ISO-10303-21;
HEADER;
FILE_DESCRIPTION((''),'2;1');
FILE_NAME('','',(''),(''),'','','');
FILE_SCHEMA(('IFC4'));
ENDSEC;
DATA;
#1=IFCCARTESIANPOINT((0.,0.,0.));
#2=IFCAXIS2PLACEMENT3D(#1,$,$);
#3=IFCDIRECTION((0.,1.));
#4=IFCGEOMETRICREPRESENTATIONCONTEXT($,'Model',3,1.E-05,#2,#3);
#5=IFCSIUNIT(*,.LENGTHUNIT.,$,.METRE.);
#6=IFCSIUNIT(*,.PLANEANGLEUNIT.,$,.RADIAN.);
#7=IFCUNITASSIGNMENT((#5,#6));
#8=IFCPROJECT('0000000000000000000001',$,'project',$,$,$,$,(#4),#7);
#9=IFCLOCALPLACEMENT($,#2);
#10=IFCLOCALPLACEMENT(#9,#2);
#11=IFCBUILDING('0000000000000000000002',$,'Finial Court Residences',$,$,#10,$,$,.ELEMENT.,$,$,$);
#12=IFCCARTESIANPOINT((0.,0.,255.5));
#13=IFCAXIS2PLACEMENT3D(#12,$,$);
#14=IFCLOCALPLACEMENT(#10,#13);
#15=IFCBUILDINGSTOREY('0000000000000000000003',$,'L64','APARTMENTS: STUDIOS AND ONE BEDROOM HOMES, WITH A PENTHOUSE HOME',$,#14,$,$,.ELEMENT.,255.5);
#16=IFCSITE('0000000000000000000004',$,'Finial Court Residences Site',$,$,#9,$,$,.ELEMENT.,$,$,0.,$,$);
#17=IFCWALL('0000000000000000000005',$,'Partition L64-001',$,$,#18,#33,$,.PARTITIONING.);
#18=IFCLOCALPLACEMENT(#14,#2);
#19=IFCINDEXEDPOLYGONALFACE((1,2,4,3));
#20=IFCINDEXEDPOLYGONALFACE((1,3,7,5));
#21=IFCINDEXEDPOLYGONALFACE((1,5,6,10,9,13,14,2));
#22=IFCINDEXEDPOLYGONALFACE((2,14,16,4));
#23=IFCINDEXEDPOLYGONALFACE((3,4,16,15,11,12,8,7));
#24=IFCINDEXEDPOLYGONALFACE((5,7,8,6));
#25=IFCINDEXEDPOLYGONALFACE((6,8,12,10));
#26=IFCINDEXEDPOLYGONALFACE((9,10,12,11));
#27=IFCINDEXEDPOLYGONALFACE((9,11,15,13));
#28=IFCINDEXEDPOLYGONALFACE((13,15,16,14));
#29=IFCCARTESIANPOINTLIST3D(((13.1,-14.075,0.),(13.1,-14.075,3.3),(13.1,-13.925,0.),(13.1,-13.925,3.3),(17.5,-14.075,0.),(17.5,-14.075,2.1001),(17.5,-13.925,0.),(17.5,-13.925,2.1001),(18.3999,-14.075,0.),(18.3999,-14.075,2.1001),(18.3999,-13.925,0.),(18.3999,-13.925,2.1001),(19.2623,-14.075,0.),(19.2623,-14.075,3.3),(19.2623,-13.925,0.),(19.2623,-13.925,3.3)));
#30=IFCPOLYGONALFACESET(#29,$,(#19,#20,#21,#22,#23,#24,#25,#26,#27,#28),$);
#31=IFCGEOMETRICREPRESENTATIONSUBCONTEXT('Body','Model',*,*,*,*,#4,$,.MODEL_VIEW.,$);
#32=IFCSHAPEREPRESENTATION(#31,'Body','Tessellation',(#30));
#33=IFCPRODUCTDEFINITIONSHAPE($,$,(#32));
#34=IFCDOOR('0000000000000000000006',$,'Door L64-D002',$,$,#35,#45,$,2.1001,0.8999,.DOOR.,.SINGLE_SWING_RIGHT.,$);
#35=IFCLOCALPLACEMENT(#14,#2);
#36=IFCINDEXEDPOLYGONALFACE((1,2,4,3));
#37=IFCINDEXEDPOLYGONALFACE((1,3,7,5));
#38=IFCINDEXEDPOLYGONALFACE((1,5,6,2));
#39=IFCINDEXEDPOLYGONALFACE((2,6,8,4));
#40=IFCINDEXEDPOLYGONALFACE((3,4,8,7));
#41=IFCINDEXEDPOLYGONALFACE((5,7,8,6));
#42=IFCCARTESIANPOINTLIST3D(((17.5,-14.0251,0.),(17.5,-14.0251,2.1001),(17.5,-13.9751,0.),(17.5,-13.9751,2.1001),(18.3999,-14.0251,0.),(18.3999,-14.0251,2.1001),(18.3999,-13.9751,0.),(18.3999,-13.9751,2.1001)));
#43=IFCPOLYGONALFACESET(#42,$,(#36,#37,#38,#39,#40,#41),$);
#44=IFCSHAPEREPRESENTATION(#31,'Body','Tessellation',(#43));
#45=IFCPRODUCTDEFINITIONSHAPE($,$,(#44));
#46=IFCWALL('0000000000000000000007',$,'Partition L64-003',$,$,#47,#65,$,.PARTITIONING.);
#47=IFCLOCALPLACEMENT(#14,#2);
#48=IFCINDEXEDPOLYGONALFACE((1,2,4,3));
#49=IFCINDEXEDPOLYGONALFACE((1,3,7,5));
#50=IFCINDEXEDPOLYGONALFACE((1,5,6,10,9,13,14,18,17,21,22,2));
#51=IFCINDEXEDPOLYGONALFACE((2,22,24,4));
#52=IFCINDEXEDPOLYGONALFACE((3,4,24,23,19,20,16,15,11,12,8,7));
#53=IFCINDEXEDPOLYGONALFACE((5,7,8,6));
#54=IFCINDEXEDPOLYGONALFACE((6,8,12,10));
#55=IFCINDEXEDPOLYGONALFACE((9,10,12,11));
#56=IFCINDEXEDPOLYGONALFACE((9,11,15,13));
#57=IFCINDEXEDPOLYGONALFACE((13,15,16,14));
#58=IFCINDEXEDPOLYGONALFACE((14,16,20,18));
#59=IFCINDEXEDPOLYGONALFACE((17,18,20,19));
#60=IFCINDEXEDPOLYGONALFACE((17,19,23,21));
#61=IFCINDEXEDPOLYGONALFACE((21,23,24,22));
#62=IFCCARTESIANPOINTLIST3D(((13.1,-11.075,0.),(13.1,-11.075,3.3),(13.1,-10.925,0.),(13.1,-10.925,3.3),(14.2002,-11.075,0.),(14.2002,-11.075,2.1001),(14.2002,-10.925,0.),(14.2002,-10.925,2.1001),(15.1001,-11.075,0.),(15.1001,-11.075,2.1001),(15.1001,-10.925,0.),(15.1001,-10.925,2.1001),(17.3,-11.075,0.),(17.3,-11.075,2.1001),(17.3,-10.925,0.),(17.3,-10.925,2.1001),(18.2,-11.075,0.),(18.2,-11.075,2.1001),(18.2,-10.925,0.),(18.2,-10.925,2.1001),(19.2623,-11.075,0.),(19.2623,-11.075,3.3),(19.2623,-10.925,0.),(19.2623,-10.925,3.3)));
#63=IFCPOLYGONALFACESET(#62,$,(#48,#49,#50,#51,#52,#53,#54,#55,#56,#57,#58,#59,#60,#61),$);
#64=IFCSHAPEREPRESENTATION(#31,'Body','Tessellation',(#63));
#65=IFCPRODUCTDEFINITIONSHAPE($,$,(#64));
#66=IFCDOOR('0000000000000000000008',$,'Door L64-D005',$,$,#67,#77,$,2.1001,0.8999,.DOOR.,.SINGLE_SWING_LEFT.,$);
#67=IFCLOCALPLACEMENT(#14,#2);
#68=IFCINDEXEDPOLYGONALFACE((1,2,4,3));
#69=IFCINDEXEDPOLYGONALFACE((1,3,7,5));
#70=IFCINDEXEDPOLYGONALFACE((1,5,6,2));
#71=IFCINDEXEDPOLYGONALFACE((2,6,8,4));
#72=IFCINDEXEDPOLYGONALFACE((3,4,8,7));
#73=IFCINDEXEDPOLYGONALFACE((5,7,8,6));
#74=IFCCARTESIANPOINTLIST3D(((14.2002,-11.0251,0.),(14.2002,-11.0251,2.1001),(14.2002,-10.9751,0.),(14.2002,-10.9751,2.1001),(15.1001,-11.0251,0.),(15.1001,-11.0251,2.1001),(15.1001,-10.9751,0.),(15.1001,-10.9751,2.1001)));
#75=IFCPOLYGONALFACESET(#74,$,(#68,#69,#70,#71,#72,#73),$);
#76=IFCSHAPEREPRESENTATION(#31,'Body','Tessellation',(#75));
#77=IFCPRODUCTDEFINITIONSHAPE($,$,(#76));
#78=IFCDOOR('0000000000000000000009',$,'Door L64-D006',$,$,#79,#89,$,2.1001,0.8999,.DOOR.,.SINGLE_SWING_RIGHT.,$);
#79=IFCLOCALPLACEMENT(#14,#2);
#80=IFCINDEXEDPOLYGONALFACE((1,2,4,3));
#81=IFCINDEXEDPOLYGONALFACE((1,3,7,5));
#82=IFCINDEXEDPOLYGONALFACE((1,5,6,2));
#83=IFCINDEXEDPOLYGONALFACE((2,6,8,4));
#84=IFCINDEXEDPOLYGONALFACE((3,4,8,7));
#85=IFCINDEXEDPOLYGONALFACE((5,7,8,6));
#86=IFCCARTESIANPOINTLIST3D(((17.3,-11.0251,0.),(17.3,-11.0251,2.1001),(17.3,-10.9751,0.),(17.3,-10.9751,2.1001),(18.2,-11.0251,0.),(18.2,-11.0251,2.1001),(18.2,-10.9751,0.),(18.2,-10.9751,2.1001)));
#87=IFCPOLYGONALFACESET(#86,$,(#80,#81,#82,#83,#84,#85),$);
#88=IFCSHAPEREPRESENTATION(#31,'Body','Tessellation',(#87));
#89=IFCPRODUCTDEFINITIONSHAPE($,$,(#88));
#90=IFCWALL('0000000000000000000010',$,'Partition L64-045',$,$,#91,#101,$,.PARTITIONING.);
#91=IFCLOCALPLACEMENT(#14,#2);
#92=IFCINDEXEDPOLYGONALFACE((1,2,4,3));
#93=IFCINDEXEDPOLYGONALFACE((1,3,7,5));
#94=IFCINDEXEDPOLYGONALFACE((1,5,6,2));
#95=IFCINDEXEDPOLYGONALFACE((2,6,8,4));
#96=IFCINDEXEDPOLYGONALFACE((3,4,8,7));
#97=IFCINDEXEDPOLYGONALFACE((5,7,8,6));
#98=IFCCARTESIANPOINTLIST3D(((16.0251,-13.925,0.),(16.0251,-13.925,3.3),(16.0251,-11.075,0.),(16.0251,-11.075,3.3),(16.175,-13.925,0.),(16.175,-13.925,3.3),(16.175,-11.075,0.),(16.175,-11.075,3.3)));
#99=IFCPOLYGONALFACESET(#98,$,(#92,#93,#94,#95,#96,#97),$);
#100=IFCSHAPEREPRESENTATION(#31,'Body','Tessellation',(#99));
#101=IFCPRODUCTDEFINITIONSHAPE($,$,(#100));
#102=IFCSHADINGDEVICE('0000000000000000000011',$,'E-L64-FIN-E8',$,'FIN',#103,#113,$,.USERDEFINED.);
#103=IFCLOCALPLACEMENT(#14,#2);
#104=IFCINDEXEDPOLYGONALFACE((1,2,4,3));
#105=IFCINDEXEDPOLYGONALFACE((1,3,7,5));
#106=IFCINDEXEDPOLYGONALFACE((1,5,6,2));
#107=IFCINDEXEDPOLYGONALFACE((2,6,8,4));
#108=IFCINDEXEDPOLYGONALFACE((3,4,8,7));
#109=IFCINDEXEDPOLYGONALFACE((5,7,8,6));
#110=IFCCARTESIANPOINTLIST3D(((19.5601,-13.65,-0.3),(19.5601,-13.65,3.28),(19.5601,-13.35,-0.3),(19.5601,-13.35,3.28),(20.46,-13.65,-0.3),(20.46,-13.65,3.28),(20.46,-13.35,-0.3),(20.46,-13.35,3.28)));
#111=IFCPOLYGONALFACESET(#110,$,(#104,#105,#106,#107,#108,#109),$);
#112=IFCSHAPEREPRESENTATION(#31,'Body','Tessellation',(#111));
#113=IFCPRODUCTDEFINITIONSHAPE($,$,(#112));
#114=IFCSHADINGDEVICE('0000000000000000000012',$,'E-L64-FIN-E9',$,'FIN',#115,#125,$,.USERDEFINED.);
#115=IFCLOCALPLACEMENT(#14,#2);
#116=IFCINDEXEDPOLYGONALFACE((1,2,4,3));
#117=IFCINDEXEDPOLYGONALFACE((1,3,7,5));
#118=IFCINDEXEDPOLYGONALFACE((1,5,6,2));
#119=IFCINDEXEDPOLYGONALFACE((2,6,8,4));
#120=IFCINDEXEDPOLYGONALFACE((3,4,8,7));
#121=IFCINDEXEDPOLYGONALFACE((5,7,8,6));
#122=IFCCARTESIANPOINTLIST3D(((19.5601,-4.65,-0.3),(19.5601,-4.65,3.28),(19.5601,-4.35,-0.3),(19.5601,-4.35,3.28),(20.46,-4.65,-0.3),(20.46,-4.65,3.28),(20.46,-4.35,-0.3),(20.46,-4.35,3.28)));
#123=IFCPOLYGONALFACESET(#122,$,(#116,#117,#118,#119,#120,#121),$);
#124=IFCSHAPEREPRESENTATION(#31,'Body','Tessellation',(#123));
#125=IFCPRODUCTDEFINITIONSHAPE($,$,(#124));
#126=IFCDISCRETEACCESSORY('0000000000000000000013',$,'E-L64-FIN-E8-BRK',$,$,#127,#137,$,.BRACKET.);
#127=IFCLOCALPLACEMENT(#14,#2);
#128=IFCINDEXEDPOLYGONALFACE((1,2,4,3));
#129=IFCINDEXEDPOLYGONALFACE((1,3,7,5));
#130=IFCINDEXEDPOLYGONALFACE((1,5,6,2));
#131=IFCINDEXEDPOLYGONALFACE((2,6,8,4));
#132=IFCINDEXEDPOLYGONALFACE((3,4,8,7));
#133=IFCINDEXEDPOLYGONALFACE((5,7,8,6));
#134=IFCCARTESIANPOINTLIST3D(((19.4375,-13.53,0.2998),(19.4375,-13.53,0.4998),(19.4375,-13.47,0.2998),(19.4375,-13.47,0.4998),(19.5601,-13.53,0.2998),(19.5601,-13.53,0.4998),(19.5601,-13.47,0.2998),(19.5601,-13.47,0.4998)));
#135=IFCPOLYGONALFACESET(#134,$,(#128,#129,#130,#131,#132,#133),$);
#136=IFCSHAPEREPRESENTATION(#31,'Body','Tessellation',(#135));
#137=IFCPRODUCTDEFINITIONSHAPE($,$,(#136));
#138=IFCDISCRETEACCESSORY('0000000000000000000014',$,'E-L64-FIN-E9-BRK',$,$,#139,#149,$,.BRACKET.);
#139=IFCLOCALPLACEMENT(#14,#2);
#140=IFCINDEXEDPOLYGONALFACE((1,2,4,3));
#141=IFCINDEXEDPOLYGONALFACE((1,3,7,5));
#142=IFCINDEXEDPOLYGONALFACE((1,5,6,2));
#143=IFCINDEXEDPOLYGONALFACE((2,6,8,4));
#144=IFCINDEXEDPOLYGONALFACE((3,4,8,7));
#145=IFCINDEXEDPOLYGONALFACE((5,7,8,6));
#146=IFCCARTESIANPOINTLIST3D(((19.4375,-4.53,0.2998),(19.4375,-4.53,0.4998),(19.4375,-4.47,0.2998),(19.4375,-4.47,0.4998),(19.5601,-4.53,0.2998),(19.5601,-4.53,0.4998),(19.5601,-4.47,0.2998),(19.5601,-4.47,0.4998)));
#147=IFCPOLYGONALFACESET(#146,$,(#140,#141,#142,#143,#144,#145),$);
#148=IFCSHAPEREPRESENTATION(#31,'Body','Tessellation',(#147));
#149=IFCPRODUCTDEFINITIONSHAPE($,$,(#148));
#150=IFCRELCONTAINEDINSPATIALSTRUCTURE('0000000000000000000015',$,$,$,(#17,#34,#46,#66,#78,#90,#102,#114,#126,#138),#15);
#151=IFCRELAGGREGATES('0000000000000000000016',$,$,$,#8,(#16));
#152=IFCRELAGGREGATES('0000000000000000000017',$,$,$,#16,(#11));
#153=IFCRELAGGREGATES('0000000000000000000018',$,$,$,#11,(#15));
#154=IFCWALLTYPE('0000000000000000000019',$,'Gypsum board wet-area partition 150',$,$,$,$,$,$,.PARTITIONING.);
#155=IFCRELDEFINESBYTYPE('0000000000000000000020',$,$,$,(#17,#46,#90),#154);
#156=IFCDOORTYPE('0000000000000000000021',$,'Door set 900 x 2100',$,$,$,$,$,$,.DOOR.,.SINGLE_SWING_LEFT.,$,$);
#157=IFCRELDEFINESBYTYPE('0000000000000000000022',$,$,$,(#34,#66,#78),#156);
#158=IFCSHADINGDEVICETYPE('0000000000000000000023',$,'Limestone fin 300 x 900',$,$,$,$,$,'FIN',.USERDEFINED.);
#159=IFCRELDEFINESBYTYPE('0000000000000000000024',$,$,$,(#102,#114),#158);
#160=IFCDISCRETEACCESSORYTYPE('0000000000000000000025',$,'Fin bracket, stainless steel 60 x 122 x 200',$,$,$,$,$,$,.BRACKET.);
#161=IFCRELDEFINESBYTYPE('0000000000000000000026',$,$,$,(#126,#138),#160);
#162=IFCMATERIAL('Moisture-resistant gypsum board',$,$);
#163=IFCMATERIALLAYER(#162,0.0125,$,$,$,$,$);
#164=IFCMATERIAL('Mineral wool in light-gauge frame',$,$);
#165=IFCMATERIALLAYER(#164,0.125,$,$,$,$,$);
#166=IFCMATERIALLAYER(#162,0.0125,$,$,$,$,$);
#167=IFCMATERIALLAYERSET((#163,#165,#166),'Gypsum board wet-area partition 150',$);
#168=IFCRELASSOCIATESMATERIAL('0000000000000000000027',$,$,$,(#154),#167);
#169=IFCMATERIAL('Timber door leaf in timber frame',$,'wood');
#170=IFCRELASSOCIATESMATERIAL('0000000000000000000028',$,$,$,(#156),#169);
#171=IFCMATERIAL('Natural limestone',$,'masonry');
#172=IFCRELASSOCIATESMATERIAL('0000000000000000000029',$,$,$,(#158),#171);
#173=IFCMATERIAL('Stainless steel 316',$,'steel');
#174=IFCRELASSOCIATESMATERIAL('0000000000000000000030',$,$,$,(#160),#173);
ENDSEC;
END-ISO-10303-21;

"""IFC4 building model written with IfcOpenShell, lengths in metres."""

from ifc_helpers import new_model, si_unit, direction, frame, frame_2d, origin, origin_2d, place, context, subcontext, project, spatial, rectangle, extrude, material, layer, layer_set, type_object, element, fill, save


model = new_model("IFC4")

# Units and contexts
model_context = context("Model", 3, precision=1e-05, world=origin(), true_north=direction((0.0, 1.0)))
body_context = subcontext(model_context, "Body", "Model", "MODEL_VIEW")
ifc_project = project(units=[si_unit("LENGTHUNIT", "METRE"), si_unit("PLANEANGLEUNIT", "RADIAN")], contexts=[model_context])

# Site, building, storey
site_placement = place(None, origin())
site = spatial("IfcSite", under=ifc_project, at=site_placement, Name="Finial Court Residences Site", CompositionType="ELEMENT", RefElevation=0.0)
building_placement = place(site_placement, origin())
building = spatial("IfcBuilding", under=site, at=building_placement, Name="Finial Court Residences", CompositionType="ELEMENT")
storey_placement = place(building_placement, frame((0.0, 0.0, 255.5)))
storey = spatial("IfcBuildingStorey", under=building, at=storey_placement, Name="L64", Description="APARTMENTS: STUDIOS AND ONE BEDROOM HOMES, WITH A PENTHOUSE HOME", CompositionType="ELEMENT", Elevation=255.5)

# Wall, opening, door
ifc_material_1 = material(Name="Moisture-resistant gypsum board")
ifc_layer_1 = layer(ifc_material_1, 0.0125)
ifc_material_2 = material(Name="Mineral wool in light-gauge frame")
ifc_layer_2 = layer(ifc_material_2, 0.125)
ifc_layer_3 = layer(ifc_material_1, 0.0125)
ifc_layer_set_1 = layer_set([ifc_layer_1, ifc_layer_2, ifc_layer_3], Name="Gypsum board wet-area partition 150")
wall_type_1 = type_object("IfcWallType", Name="Gypsum board wet-area partition 150", PredefinedType="PARTITIONING", material=ifc_layer_set_1)
wall_1_placement = place(storey_placement, frame((13.1001, -14.0, 0.0), z_axis=(0.0, 0.0, 1.0), x_axis=(1.0, 0.0, 0.0)))
wall_1 = element("IfcWall", 1, at=wall_1_placement, inside=storey, type_object=wall_type_1, Name="Partition L64-001", PredefinedType="PARTITIONING", context=body_context, shape_type="SweptSolid", body=[
    extrude(rectangle(XDim=6.1624, YDim=0.1499, at=frame_2d((3.0811, 0.0))), origin(), (0.0, 0.0, 1.0), 3.3),
])
opening_1_placement = place(wall_1_placement, frame((4.3999, 0.0, 0.0)))
opening_1 = element("IfcOpeningElement", 2, at=opening_1_placement, cuts=wall_1, PredefinedType="OPENING", context=body_context, shape_type="SweptSolid", body=[
    extrude(rectangle(XDim=0.8999, YDim=2.1001, at=frame_2d((0.45, 1.05))), frame((0.0, 0.085, 0.0), z_axis=(0.0, -1.0, 0.0), x_axis=(1.0, 0.0, 0.0)), (0.0, 0.0, 1.0), 0.1699),
])
ifc_material_3 = material(Name="Timber door leaf in timber frame", Category="wood")
door_type_1 = type_object("IfcDoorType", Name="Door set 900 x 2100", OperationType="SINGLE_SWING_LEFT", PredefinedType="DOOR", material=ifc_material_3)
door_1_placement = place(opening_1_placement, origin())
door_1 = element("IfcDoor", 3, at=door_1_placement, inside=storey, type_object=door_type_1, Name="Door L64-D002", OperationType="SINGLE_SWING_RIGHT", OverallHeight=2.1001, OverallWidth=0.8999, PredefinedType="DOOR", context=body_context, shape_type="SweptSolid", body=[
    extrude(rectangle(XDim=0.8999, YDim=2.1001, at=frame_2d((0.45, 1.05))), frame((0.0, 0.0249, 0.0), z_axis=(0.0, -1.0, 0.0), x_axis=(1.0, 0.0, 0.0)), (0.0, 0.0, 1.0), 0.05),
])
fill(opening_1, door_1)

# Wall, openings, doors
wall_2_placement = place(storey_placement, frame((13.1001, -11.0, 0.0), z_axis=(0.0, 0.0, 1.0), x_axis=(1.0, 0.0, 0.0)))
wall_2 = element("IfcWall", 4, at=wall_2_placement, inside=storey, type_object=wall_type_1, Name="Partition L64-003", PredefinedType="PARTITIONING", context=body_context, shape_type="SweptSolid", body=[
    extrude(rectangle(XDim=6.1624, YDim=0.1499, at=frame_2d((3.0811, 0.0))), origin(), (0.0, 0.0, 1.0), 3.3),
])
opening_2_placement = place(wall_2_placement, frame((1.1001, 0.0, 0.0)))
opening_2 = element("IfcOpeningElement", 5, at=opening_2_placement, cuts=wall_2, PredefinedType="OPENING", context=body_context, shape_type="SweptSolid", body=[
    extrude(rectangle(XDim=0.8999, YDim=2.1001, at=frame_2d((0.45, 1.05))), frame((0.0, 0.085, 0.0), z_axis=(0.0, -1.0, 0.0), x_axis=(1.0, 0.0, 0.0)), (0.0, 0.0, 1.0), 0.1699),
])
opening_3_placement = place(wall_2_placement, frame((4.2, 0.0, 0.0)))
opening_3 = element("IfcOpeningElement", 6, at=opening_3_placement, cuts=wall_2, PredefinedType="OPENING", context=body_context, shape_type="SweptSolid", body=[
    extrude(rectangle(XDim=0.8999, YDim=2.1001, at=frame_2d((0.45, 1.05))), frame((0.0, 0.085, 0.0), z_axis=(0.0, -1.0, 0.0), x_axis=(1.0, 0.0, 0.0)), (0.0, 0.0, 1.0), 0.1699),
])
door_2_placement = place(opening_2_placement, origin())
door_2 = element("IfcDoor", 7, at=door_2_placement, inside=storey, type_object=door_type_1, Name="Door L64-D005", OperationType="SINGLE_SWING_LEFT", OverallHeight=2.1001, OverallWidth=0.8999, PredefinedType="DOOR", context=body_context, shape_type="SweptSolid", body=[
    extrude(rectangle(XDim=0.8999, YDim=2.1001, at=frame_2d((0.45, 1.05))), frame((0.0, 0.0249, 0.0), z_axis=(0.0, -1.0, 0.0), x_axis=(1.0, 0.0, 0.0)), (0.0, 0.0, 1.0), 0.05),
])
fill(opening_2, door_2)
door_3_placement = place(opening_3_placement, origin())
door_3 = element("IfcDoor", 8, at=door_3_placement, inside=storey, type_object=door_type_1, Name="Door L64-D006", OperationType="SINGLE_SWING_RIGHT", OverallHeight=2.1001, OverallWidth=0.8999, PredefinedType="DOOR", context=body_context, shape_type="SweptSolid", body=[
    extrude(rectangle(XDim=0.8999, YDim=2.1001, at=frame_2d((0.45, 1.05))), frame((0.0, 0.0249, 0.0), z_axis=(0.0, -1.0, 0.0), x_axis=(1.0, 0.0, 0.0)), (0.0, 0.0, 1.0), 0.05),
])
fill(opening_3, door_3)

# Wall
wall_3_placement = place(storey_placement, frame((16.1001, -13.925, 0.0), z_axis=(0.0, 0.0, 1.0), x_axis=(0.0, 1.0, 0.0)))
element("IfcWall", 9, at=wall_3_placement, inside=storey, type_object=wall_type_1, Name="Partition L64-045", PredefinedType="PARTITIONING", context=body_context, shape_type="SweptSolid", body=[
    extrude(rectangle(XDim=2.8501, YDim=0.1499, at=frame_2d((1.425, 0.0))), origin(), (0.0, 0.0, 1.0), 3.3),
])

# Shading devices
ifc_material_4 = material(Name="Natural limestone", Category="masonry")
shading_device_type = type_object("IfcShadingDeviceType", Name="Limestone fin 300 x 900", ElementType="FIN", PredefinedType="USERDEFINED", material=ifc_material_4)
for number, where, z_axis, x_axis, name in (
    (10, (20.01, -13.5, -0.3), (0.0, 0.0, 1.0), (1.0, 0.0, 0.0), "E-L64-FIN-E8"),
    (11, (20.01, -4.5, -0.3), (0.0, 0.0, 1.0), (1.0, 0.0, 0.0), "E-L64-FIN-E9"),
):
    element("IfcShadingDevice", number, at=place(storey_placement, frame(where, z_axis=z_axis, x_axis=x_axis)), inside=storey, type_object=shading_device_type, Name=name, ObjectType="FIN", PredefinedType="USERDEFINED", context=body_context, shape_type="SweptSolid", body=[
        extrude(rectangle(XDim=0.8999, YDim=0.3, at=origin_2d()), origin(), (0.0, 0.0, 1.0), 3.5801),
    ])

# Discrete accessories
ifc_material_5 = material(Name="Stainless steel 316", Category="steel")
discrete_accessory_type = type_object("IfcDiscreteAccessoryType", Name="Fin bracket, stainless steel 60 x 122 x 200", PredefinedType="BRACKET", material=ifc_material_5)
for number, where, z_axis, x_axis, name in (
    (12, (19.4988, -13.5, 0.2998), (0.0, 0.0, 1.0), (1.0, 0.0, 0.0), "E-L64-FIN-E8-BRK"),
    (13, (19.4988, -4.5, 0.2998), (0.0, 0.0, 1.0), (1.0, 0.0, 0.0), "E-L64-FIN-E9-BRK"),
):
    element("IfcDiscreteAccessory", number, at=place(storey_placement, frame(where, z_axis=z_axis, x_axis=x_axis)), inside=storey, type_object=discrete_accessory_type, Name=name, PredefinedType="BRACKET", context=body_context, shape_type="SweptSolid", body=[
        extrude(rectangle(XDim=0.1226, YDim=0.0601, at=origin_2d()), origin(), (0.0, 0.0, 1.0), 0.2),
    ])

save(model, "model.ifc")
